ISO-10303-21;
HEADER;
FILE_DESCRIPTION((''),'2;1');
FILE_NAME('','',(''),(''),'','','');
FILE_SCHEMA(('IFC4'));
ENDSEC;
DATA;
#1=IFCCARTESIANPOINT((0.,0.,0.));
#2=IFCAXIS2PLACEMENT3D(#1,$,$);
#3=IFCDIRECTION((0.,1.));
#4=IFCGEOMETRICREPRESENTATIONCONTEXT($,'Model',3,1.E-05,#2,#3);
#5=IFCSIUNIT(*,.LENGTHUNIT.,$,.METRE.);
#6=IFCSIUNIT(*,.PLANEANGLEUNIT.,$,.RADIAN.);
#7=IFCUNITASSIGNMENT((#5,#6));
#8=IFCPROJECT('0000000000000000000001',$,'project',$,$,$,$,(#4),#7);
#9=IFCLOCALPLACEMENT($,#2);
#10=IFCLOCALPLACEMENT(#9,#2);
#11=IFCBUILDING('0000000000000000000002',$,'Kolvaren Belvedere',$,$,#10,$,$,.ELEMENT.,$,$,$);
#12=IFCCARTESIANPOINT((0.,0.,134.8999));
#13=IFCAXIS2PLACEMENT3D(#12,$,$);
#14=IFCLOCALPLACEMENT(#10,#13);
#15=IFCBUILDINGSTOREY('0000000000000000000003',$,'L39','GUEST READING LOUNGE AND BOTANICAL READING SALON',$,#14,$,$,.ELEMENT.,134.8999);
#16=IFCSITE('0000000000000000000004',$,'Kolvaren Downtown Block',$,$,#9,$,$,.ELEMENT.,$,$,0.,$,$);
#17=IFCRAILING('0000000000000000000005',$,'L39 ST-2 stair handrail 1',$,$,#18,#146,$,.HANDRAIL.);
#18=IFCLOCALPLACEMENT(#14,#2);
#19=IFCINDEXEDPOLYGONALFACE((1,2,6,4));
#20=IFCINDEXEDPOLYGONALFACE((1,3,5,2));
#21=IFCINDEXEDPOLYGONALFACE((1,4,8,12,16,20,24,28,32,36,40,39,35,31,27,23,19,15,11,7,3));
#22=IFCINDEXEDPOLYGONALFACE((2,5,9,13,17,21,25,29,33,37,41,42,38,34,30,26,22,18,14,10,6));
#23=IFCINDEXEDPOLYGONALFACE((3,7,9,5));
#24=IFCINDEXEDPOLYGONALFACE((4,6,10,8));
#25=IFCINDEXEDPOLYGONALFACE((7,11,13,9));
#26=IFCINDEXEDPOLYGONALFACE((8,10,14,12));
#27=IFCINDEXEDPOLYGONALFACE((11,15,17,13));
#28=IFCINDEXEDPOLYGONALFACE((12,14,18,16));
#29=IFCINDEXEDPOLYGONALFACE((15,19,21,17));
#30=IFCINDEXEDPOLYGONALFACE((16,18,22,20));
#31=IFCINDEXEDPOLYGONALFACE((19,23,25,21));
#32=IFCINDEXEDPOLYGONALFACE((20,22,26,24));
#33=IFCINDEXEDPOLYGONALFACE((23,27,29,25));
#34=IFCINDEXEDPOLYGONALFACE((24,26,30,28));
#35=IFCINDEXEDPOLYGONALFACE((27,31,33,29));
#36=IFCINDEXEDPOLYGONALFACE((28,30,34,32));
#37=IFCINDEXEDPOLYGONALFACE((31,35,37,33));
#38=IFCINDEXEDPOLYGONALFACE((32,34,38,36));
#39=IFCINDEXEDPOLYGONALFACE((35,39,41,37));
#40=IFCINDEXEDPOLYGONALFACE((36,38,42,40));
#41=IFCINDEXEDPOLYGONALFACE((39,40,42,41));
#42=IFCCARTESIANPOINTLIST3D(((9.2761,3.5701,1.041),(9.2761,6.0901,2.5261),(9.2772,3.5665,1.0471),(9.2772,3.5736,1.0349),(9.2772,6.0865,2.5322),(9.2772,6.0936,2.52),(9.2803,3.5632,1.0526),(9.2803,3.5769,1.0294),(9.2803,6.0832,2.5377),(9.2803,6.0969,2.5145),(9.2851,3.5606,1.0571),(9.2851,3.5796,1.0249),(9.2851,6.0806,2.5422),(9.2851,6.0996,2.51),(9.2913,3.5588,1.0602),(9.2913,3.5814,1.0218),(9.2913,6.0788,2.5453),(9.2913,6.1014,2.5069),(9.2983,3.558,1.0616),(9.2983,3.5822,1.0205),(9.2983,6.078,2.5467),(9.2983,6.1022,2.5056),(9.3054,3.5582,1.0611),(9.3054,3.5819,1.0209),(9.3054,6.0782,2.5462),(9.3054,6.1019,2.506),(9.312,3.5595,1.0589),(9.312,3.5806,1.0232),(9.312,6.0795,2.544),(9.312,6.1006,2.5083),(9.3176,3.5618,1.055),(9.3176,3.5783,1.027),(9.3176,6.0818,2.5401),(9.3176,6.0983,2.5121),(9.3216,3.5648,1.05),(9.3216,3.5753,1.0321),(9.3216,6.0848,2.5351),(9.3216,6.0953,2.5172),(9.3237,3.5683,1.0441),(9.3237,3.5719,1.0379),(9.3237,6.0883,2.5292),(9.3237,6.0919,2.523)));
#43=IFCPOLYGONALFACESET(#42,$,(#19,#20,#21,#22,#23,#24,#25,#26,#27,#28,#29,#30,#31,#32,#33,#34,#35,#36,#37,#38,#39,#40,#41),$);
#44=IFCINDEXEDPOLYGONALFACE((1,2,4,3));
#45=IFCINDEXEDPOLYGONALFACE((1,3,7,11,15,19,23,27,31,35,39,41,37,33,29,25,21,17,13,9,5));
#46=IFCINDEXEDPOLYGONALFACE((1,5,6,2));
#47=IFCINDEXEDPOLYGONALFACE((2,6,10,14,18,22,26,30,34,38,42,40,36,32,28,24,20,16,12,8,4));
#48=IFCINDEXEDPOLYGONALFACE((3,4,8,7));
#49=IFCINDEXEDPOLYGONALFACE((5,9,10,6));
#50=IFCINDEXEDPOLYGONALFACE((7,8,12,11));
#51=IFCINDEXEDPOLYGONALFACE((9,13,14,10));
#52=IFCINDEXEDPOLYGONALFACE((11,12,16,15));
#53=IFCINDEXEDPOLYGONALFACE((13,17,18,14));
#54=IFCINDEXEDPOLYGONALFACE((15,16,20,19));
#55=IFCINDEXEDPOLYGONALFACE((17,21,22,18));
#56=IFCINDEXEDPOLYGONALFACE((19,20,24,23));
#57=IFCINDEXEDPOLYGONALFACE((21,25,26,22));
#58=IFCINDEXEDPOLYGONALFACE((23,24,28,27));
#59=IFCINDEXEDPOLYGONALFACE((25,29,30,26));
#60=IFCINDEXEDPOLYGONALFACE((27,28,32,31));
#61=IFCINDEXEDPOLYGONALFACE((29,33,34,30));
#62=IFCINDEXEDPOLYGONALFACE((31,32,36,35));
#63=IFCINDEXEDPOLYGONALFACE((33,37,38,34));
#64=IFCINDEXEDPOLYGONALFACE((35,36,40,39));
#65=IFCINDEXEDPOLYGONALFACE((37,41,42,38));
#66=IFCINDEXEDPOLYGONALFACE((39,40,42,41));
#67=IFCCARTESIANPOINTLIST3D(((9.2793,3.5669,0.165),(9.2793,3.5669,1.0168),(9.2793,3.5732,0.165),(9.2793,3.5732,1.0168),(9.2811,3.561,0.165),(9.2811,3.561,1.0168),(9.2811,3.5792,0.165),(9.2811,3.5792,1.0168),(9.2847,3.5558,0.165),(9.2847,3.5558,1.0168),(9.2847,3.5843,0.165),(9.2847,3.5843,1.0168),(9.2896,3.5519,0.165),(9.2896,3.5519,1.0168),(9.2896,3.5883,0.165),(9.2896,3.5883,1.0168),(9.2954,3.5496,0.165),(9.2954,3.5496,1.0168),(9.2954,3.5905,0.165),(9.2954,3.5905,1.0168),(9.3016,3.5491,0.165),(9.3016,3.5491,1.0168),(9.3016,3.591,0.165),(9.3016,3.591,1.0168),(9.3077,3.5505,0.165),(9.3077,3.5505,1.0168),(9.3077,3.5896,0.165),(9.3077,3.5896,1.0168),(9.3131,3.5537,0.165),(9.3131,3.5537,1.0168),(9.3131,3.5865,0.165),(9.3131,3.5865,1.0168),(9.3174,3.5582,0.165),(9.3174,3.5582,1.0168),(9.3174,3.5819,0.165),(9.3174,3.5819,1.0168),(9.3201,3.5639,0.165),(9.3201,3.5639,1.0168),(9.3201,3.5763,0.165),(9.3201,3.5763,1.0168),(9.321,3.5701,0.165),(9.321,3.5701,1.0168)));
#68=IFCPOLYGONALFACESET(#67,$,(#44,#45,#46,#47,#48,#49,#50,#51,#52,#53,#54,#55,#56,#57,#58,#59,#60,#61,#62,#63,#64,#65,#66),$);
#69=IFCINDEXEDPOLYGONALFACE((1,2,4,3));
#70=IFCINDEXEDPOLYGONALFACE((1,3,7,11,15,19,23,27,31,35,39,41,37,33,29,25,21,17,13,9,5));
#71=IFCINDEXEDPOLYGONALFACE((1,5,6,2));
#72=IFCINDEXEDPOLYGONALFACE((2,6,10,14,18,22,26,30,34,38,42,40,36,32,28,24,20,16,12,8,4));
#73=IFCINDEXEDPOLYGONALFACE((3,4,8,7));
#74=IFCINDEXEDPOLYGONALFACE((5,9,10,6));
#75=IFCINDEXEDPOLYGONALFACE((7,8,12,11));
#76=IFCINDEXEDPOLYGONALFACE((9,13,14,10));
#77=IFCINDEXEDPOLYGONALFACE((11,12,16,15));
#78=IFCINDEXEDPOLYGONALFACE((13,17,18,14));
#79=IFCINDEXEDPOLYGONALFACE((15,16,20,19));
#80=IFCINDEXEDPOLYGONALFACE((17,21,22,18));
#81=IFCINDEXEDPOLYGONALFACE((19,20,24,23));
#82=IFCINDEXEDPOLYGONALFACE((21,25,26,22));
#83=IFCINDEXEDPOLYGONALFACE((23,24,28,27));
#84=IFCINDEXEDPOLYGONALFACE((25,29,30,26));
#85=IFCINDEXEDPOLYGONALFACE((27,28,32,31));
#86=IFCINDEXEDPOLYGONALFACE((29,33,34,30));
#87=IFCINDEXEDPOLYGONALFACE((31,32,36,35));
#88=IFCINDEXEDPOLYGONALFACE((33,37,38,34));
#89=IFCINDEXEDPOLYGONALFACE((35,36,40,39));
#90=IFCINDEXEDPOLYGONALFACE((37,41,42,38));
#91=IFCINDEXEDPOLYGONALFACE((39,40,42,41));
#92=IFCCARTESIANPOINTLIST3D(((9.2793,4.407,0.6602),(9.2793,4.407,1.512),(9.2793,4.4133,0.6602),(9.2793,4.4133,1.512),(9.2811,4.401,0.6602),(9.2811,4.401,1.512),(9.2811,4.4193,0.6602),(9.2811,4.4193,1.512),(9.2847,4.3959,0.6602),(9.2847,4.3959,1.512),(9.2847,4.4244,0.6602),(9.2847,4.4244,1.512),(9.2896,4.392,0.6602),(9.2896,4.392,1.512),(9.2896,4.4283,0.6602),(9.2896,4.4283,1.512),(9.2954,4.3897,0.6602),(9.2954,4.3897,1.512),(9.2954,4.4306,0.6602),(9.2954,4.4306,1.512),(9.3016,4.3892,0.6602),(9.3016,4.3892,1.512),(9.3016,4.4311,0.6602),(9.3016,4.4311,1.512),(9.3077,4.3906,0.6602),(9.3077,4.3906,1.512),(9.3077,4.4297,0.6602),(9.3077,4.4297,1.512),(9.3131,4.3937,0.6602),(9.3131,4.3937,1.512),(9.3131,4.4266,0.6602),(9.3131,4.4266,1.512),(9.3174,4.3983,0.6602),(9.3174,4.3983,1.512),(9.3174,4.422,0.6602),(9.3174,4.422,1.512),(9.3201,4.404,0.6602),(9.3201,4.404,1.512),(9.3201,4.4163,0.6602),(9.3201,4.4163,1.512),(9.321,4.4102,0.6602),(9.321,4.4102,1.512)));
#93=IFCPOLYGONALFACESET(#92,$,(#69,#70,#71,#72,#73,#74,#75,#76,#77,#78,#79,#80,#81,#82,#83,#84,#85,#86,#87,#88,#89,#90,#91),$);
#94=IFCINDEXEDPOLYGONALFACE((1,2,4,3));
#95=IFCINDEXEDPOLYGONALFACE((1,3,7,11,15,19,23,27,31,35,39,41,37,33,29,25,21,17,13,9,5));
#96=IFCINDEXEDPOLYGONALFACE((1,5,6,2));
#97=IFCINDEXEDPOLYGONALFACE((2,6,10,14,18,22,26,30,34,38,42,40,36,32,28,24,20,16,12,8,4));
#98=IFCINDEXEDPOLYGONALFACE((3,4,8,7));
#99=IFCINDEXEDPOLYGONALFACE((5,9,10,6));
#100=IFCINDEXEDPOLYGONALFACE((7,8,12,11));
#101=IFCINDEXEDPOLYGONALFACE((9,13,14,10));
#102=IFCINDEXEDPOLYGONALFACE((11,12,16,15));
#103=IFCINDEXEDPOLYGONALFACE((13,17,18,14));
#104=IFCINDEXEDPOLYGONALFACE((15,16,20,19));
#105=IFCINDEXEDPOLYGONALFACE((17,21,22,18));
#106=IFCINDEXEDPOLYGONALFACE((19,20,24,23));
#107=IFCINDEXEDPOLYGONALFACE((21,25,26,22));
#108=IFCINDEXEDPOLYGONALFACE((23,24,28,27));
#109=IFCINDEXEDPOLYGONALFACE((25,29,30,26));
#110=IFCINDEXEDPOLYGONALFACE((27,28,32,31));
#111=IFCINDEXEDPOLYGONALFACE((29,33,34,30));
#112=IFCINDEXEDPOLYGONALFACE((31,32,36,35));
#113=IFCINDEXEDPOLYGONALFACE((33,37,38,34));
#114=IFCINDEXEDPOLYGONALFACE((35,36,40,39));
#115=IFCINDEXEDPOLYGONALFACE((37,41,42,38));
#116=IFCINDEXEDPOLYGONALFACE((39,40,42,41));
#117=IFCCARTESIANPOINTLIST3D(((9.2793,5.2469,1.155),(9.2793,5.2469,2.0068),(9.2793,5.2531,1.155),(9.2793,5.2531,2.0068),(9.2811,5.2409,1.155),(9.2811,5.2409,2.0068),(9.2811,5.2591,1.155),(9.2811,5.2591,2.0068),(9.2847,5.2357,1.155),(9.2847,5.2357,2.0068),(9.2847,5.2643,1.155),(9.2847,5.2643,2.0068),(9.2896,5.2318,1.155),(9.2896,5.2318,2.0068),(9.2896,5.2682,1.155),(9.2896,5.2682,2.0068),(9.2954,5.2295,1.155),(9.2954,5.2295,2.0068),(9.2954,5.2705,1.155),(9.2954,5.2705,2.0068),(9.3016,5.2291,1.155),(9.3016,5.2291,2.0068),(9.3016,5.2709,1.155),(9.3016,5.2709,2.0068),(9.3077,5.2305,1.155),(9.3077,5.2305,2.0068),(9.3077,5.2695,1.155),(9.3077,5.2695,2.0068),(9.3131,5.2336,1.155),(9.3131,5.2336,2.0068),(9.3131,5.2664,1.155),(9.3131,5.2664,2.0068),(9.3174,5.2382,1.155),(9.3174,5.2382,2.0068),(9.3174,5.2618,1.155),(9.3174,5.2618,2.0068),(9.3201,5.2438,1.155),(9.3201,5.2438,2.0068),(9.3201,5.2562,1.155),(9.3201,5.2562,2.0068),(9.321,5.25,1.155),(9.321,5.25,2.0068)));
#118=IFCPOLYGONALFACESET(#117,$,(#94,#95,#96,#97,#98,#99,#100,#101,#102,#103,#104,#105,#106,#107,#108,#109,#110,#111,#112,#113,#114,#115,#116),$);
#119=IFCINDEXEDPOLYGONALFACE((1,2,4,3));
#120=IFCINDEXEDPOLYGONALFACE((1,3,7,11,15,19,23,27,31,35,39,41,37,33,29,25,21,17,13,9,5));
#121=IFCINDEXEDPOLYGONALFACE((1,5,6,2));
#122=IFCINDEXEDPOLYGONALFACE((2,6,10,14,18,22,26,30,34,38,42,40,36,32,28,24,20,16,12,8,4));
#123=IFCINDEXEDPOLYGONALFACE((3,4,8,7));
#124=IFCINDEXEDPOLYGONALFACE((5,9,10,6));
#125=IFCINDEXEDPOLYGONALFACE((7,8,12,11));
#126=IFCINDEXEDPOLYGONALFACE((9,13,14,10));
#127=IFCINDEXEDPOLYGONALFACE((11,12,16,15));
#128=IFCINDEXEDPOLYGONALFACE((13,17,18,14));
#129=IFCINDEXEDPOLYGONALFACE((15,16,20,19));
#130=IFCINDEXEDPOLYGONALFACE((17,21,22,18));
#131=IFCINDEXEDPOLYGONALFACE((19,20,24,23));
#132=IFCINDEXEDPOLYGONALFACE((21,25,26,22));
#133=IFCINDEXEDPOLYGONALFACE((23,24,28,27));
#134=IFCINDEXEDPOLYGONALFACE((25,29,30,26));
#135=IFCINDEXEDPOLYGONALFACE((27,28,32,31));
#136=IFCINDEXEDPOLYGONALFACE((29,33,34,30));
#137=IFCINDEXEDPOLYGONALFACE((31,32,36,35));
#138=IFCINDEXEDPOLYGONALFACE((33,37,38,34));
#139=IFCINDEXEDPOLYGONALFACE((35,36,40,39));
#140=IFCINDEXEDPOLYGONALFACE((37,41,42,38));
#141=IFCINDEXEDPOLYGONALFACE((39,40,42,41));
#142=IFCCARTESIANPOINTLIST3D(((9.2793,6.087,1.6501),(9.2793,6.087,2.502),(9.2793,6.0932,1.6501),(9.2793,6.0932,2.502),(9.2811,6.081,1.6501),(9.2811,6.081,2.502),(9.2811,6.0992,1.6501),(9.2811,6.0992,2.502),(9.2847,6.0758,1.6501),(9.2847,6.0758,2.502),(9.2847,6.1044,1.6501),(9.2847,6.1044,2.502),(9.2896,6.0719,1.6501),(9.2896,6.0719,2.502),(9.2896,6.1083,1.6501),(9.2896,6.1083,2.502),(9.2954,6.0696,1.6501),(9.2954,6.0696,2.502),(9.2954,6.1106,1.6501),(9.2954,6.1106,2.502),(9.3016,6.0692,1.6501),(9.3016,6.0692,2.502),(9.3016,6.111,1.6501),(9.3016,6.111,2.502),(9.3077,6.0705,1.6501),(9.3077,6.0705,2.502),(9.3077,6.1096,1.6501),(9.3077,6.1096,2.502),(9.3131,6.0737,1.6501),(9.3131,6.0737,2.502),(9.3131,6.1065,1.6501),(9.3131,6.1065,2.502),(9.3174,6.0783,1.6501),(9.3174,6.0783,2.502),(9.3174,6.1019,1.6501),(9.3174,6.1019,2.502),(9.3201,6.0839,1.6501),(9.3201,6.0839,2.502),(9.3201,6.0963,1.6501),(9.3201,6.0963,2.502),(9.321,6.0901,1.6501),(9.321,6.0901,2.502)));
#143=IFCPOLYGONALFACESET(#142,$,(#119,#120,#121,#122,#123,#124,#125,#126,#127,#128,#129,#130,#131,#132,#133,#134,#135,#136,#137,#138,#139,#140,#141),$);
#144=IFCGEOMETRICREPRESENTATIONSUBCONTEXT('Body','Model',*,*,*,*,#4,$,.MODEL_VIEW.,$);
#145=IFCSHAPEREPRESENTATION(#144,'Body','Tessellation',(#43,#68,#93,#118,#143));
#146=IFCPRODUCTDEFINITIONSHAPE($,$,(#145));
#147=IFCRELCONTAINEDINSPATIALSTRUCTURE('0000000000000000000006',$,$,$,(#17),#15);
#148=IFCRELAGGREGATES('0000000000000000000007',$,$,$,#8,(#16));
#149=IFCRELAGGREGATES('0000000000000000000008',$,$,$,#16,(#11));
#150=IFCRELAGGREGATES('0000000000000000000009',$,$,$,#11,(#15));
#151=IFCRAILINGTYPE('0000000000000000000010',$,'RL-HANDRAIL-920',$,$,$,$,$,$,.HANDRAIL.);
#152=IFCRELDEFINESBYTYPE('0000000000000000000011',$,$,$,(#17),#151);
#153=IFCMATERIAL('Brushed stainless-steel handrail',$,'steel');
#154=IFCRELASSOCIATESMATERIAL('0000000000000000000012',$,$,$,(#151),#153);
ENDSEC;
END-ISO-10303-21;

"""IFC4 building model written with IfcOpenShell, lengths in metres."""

from ifc_helpers import new_model, si_unit, direction, frame, origin, origin_2d, place, context, subcontext, project, spatial, circle, extrude, material, type_object, element, save


model = new_model("IFC4")

# Units and contexts
model_context = context("Model", 3, precision=1e-05, world=origin(), true_north=direction((0.0, 1.0)))
body_context = subcontext(model_context, "Body", "Model", "MODEL_VIEW")
ifc_project = project(units=[si_unit("LENGTHUNIT", "METRE"), si_unit("PLANEANGLEUNIT", "RADIAN")], contexts=[model_context])

# Site, building, storey
site_placement = place(None, origin())
site = spatial("IfcSite", under=ifc_project, at=site_placement, Name="Kolvaren Downtown Block", CompositionType="ELEMENT", RefElevation=0.0)
building_placement = place(site_placement, origin())
building = spatial("IfcBuilding", under=site, at=building_placement, Name="Kolvaren Belvedere", CompositionType="ELEMENT")
storey_placement = place(building_placement, frame((0.0, 0.0, 134.8999)))
storey = spatial("IfcBuildingStorey", under=building, at=storey_placement, Name="L39", Description="GUEST READING LOUNGE AND BOTANICAL READING SALON", CompositionType="ELEMENT", Elevation=134.8999)

# Railing
ifc_material_1 = material(Name="Brushed stainless-steel handrail", Category="steel")
railing_type_1 = type_object("IfcRailingType", Name="RL-HANDRAIL-920", PredefinedType="HANDRAIL", material=ifc_material_1)
railing_1_placement = place(storey_placement, frame((9.3, 3.5701, 0.165)))
element("IfcRailing", 1, at=railing_1_placement, inside=storey, type_object=railing_type_1, Name="L39 ST-2 stair handrail 1", PredefinedType="HANDRAIL", context=body_context, shape_type="SweptSolid", body=[
    extrude(circle(Radius=0.0239, at=origin_2d()), frame((0.0, 0.0, 0.876), z_axis=(0.0, 0.861524, 0.507717), x_axis=(-1.0, 0.0, 0.0)), (0.0, 0.0, 1.0), 2.925),
    extrude(circle(Radius=0.021, at=origin_2d()), origin(), (0.0, 0.0, 1.0), 0.8518),
    extrude(circle(Radius=0.021, at=origin_2d()), frame((0.0, 0.8401, 0.4951)), (0.0, 0.0, 1.0), 0.8518),
    extrude(circle(Radius=0.021, at=origin_2d()), frame((0.0, 1.6799, 0.99)), (0.0, 0.0, 1.0), 0.8518),
    extrude(circle(Radius=0.021, at=origin_2d()), frame((0.0, 2.52, 1.4851)), (0.0, 0.0, 1.0), 0.8518),
])

save(model, "model.ifc")
